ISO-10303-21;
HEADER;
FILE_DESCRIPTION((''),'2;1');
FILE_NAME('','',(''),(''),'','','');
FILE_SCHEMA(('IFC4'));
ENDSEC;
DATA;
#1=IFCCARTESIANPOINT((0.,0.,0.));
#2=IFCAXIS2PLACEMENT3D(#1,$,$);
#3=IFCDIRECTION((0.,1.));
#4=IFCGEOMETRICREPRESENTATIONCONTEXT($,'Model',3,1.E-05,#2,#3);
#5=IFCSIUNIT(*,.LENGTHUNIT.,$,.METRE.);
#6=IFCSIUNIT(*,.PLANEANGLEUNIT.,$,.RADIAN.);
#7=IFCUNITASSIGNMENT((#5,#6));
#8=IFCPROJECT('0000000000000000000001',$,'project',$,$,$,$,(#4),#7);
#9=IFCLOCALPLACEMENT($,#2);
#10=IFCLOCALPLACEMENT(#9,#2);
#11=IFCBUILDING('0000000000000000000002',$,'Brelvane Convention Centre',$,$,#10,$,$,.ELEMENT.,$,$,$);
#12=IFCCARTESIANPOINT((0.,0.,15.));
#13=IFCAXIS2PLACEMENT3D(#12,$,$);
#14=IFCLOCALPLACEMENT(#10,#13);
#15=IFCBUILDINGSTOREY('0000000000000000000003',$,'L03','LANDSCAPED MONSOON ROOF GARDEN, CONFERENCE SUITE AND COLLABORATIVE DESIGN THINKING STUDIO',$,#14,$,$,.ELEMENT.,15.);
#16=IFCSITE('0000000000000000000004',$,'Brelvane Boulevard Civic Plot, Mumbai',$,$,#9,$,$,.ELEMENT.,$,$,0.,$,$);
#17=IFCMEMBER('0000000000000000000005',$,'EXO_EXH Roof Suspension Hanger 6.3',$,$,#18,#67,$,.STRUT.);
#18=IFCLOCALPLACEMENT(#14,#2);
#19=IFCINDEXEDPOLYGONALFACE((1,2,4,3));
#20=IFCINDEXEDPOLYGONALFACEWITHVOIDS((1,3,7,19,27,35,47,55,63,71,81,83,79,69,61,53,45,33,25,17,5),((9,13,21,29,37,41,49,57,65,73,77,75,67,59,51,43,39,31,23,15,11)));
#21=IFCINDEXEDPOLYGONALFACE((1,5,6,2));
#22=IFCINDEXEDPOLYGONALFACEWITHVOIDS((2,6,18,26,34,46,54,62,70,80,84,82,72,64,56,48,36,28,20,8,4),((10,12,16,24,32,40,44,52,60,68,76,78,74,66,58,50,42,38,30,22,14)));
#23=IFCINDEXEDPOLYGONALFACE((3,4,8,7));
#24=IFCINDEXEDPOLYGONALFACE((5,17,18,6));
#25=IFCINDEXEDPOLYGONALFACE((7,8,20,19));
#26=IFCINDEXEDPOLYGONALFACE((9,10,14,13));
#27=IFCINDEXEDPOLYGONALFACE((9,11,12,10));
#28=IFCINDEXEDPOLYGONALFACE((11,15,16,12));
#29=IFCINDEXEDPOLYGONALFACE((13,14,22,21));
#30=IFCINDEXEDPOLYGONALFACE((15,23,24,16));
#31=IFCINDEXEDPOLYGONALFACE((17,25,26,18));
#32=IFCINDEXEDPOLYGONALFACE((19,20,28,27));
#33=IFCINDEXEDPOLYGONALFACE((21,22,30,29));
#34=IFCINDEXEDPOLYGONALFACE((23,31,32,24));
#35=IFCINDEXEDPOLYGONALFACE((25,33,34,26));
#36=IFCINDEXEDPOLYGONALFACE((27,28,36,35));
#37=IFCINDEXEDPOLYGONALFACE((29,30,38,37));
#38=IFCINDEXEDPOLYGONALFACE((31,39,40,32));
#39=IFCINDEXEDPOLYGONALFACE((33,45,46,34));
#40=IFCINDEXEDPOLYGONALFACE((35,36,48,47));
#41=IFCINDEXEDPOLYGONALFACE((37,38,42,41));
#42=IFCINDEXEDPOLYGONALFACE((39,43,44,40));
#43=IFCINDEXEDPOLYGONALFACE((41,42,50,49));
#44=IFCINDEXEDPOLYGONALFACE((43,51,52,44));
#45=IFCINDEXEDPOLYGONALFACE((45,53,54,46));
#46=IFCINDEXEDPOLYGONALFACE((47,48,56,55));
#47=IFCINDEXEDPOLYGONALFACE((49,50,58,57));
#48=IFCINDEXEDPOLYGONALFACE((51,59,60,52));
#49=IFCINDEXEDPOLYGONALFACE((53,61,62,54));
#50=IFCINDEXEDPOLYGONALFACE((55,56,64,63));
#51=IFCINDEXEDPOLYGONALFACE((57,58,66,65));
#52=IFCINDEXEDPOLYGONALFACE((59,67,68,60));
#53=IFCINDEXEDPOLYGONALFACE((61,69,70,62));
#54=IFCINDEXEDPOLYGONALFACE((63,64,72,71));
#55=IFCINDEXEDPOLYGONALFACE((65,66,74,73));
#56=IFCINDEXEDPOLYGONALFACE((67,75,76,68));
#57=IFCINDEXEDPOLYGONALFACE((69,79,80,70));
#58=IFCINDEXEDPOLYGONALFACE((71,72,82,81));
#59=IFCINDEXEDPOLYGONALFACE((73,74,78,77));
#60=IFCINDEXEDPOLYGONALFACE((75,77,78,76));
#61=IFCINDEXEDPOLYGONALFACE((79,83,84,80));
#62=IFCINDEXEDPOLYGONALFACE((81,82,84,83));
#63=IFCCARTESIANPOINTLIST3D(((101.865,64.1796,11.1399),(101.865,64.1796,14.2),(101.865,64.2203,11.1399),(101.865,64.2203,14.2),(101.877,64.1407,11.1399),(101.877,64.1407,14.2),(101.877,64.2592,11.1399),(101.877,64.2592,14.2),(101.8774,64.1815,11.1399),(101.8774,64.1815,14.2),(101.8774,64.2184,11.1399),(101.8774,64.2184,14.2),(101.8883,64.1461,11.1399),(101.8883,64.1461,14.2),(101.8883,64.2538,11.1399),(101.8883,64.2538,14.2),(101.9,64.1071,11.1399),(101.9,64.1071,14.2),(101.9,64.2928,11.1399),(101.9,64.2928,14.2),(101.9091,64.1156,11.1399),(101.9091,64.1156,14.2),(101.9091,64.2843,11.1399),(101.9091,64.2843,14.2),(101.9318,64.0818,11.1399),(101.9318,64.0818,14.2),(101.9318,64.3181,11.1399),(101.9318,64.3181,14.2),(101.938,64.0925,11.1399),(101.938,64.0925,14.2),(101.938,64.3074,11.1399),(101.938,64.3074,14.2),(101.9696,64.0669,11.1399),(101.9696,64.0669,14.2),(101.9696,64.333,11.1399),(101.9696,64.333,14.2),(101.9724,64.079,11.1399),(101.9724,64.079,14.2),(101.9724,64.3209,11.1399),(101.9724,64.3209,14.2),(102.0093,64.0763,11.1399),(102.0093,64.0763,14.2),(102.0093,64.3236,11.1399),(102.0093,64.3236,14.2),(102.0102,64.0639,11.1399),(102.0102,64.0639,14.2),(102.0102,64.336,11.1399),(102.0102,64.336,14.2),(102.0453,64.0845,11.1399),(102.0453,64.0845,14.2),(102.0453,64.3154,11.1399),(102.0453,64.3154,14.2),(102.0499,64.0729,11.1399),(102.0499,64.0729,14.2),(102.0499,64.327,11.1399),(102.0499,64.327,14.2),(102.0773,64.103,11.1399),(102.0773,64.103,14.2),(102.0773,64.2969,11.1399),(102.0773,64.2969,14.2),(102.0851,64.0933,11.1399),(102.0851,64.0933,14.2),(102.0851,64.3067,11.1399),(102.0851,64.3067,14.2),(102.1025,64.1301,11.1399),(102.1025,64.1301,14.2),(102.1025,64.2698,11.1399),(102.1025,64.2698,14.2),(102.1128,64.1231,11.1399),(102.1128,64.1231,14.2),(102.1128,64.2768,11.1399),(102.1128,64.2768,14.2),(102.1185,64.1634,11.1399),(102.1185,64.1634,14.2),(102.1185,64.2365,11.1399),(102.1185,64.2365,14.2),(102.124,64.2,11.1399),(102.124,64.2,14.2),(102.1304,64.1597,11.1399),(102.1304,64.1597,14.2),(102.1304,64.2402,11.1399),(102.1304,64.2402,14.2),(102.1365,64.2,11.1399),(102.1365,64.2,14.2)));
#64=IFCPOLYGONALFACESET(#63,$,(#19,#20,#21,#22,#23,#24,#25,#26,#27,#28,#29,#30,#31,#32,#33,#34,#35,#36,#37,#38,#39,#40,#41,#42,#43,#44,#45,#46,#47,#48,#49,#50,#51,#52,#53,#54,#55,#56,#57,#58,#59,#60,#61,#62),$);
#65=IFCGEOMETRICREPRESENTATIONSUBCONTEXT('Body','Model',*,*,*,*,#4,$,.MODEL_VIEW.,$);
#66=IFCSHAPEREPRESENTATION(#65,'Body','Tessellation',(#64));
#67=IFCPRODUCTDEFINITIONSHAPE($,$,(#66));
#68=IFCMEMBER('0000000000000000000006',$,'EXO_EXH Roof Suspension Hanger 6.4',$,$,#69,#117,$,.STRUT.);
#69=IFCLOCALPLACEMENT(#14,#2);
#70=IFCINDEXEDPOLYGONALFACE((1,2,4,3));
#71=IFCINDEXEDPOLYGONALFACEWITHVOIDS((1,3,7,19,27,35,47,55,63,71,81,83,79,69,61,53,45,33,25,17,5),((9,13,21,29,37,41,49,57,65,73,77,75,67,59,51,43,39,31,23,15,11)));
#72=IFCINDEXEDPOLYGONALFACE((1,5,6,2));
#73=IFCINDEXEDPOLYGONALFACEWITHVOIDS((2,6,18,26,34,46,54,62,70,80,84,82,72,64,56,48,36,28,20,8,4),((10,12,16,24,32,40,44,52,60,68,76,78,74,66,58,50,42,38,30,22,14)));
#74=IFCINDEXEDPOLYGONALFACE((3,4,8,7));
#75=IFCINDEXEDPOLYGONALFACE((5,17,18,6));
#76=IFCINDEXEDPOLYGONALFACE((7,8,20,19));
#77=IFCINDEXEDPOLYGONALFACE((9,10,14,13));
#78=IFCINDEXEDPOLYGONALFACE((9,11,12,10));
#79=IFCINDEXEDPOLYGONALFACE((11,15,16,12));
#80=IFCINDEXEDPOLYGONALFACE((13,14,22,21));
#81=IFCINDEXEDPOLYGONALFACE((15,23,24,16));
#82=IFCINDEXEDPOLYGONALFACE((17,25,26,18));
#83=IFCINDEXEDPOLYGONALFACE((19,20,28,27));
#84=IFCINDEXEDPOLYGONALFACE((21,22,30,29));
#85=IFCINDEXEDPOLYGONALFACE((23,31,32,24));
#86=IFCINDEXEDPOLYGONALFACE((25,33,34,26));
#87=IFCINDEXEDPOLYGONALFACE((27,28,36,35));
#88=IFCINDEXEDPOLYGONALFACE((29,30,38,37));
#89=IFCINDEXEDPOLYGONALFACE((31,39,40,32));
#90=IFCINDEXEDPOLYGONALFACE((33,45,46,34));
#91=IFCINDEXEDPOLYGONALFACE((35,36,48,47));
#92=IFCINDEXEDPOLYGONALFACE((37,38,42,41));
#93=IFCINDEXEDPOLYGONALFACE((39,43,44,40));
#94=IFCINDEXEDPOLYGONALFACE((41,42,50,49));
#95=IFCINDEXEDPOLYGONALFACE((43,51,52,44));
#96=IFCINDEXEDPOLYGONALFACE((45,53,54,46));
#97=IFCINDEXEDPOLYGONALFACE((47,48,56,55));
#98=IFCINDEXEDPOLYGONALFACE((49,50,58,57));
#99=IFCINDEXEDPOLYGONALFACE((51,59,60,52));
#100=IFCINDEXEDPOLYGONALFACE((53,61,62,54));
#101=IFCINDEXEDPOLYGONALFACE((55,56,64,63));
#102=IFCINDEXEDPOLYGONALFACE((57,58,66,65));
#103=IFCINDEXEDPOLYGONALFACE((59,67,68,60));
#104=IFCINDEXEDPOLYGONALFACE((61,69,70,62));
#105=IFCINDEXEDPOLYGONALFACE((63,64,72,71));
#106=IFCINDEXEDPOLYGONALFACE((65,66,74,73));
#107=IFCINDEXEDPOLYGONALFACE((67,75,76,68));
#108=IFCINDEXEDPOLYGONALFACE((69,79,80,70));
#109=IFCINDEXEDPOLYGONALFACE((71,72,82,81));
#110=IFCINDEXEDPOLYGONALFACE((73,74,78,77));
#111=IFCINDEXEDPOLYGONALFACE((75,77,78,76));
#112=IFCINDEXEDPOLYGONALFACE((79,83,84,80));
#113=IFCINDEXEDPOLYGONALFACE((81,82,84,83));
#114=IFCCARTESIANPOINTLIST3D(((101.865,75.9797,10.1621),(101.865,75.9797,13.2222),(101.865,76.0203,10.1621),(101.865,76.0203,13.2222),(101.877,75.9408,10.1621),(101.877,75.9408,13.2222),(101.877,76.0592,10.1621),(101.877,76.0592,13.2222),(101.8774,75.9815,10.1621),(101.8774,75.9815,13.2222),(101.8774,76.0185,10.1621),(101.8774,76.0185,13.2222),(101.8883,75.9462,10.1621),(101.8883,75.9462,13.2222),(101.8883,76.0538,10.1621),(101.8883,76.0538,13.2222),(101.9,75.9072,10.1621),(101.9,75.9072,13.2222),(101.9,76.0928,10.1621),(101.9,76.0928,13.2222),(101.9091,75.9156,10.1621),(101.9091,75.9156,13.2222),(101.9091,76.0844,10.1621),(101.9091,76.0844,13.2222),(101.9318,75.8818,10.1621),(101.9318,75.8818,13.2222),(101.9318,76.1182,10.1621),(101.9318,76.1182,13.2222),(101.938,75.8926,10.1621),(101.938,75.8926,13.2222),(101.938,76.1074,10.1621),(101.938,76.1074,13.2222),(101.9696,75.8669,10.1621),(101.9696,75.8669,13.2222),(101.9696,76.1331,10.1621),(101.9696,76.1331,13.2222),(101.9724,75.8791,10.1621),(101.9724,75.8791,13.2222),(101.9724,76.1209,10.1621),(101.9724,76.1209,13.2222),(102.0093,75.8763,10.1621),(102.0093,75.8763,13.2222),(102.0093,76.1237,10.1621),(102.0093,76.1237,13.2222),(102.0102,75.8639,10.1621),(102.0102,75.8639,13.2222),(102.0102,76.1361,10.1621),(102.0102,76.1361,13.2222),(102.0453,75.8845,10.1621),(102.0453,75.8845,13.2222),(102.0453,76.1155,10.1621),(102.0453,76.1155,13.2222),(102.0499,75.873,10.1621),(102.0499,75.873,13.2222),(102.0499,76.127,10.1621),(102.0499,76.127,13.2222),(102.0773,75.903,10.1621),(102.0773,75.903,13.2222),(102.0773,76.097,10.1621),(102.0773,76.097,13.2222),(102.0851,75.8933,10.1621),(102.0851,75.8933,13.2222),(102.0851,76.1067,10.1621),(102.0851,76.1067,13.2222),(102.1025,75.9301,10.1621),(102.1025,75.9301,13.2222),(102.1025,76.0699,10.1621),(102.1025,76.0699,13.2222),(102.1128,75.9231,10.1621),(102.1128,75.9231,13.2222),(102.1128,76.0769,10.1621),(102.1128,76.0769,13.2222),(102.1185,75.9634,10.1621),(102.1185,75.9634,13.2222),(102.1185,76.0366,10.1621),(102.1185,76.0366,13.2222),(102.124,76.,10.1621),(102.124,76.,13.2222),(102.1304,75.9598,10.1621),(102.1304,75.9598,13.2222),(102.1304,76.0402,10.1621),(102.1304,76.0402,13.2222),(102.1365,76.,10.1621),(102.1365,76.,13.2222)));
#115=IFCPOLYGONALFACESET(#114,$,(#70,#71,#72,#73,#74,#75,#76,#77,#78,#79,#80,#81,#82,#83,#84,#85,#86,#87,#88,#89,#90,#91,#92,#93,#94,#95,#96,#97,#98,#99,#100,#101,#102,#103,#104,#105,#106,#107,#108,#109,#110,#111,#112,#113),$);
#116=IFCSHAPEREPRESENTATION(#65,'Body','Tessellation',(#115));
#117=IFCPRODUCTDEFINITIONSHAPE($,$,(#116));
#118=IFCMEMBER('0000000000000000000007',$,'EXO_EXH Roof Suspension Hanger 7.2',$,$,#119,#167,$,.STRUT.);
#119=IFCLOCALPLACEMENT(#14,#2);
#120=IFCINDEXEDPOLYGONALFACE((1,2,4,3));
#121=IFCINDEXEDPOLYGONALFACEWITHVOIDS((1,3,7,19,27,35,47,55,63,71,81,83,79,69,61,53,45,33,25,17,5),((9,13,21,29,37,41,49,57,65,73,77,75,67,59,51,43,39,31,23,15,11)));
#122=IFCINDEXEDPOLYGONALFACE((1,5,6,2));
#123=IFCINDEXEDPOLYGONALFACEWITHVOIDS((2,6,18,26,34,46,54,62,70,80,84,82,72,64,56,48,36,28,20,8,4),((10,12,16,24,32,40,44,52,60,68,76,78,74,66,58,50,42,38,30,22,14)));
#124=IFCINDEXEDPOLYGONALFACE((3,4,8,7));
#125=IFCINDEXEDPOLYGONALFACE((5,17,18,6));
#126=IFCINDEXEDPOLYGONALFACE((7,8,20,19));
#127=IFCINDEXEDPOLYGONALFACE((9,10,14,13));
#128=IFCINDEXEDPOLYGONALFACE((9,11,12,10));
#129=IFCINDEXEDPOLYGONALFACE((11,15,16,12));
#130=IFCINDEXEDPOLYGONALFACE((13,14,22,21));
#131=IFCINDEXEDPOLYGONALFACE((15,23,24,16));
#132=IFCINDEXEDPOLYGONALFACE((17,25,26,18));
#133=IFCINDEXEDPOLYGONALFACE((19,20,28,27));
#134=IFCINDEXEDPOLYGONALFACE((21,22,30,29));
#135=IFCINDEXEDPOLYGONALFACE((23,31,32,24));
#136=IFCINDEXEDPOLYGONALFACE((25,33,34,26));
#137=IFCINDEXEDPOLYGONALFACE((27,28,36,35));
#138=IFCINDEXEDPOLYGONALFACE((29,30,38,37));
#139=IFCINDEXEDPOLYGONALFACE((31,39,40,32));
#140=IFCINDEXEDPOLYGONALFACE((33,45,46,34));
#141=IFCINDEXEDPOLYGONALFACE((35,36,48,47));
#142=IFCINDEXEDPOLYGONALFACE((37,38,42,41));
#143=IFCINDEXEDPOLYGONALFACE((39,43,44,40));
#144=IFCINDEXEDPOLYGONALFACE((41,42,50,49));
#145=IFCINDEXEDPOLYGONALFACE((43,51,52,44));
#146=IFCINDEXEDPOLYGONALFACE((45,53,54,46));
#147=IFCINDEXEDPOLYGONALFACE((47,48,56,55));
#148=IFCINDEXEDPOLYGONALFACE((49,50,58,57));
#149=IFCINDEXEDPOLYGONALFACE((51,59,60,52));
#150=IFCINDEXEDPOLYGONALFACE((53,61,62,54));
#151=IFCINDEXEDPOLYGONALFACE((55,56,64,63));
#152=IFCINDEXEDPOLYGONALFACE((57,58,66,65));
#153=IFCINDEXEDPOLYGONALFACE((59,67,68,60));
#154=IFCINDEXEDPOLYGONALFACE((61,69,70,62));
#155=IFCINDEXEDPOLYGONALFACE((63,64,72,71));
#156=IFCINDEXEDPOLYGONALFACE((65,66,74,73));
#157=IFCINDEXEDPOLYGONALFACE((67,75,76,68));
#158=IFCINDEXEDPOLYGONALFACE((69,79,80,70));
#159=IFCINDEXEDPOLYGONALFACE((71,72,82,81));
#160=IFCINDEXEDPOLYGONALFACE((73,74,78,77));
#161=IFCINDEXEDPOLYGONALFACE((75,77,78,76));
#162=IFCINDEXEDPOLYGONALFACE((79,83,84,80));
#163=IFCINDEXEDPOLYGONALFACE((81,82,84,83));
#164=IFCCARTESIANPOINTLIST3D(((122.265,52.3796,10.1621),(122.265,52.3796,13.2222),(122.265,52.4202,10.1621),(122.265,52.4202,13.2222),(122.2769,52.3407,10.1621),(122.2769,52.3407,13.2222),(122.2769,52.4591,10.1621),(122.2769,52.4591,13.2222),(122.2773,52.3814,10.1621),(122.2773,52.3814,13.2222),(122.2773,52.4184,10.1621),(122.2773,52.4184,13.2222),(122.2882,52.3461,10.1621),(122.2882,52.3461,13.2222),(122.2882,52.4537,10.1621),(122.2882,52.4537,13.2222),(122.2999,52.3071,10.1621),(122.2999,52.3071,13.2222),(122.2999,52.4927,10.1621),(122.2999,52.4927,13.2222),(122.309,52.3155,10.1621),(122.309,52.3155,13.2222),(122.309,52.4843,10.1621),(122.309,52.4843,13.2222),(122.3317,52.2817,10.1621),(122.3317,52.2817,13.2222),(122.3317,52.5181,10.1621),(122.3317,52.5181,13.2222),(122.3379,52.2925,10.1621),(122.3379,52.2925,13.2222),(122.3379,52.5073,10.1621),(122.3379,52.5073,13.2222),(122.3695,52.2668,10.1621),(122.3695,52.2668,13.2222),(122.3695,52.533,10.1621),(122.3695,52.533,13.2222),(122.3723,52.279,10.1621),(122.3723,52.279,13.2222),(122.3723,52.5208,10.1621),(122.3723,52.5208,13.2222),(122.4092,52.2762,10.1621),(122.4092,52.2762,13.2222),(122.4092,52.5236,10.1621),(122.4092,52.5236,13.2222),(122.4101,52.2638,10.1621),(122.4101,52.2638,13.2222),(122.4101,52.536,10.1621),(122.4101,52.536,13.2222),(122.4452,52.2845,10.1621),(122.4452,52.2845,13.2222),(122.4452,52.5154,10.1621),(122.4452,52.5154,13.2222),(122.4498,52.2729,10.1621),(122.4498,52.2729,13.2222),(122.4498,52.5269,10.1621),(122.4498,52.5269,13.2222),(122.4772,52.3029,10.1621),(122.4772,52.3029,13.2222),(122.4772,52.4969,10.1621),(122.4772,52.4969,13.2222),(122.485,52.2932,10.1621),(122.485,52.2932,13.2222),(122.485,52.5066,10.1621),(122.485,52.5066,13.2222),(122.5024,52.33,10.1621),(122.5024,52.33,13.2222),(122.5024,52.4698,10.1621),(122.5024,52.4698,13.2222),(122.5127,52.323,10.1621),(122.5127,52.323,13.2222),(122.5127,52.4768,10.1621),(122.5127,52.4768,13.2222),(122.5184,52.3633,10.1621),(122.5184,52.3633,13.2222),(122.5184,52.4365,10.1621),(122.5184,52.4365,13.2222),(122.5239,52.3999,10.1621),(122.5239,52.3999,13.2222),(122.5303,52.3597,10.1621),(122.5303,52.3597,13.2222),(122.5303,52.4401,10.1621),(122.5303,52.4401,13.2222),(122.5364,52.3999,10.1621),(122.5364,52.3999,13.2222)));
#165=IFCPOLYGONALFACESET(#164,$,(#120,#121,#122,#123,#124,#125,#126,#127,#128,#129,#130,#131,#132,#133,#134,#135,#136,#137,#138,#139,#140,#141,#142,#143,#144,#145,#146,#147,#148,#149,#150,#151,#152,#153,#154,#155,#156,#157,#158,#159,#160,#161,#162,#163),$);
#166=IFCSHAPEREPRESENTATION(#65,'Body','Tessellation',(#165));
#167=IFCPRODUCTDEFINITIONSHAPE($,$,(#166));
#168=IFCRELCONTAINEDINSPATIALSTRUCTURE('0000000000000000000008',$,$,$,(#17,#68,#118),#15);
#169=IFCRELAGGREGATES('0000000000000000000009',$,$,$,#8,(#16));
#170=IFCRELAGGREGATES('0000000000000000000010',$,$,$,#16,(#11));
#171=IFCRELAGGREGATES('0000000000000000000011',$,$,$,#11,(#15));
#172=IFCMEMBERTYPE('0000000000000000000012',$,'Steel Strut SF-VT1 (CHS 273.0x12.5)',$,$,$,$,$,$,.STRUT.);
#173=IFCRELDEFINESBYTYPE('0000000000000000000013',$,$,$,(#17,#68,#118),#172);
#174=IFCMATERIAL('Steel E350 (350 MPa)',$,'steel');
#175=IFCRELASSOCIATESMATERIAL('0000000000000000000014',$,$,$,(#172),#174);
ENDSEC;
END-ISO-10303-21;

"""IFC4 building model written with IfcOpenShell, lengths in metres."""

from ifc_helpers import new_model, si_unit, direction, frame, origin, origin_2d, place, context, subcontext, project, spatial, hollow_circle, extrude, material, material_profile, profile_set, type_object, element, save


model = new_model("IFC4")

# Units and contexts
model_context = context("Model", 3, precision=1e-05, world=origin(), true_north=direction((0.0, 1.0)))
body_context = subcontext(model_context, "Body", "Model", "MODEL_VIEW")
ifc_project = project(units=[si_unit("LENGTHUNIT", "METRE"), si_unit("PLANEANGLEUNIT", "RADIAN")], contexts=[model_context])

# Site, building, storey
site_placement = place(None, origin())
site = spatial("IfcSite", under=ifc_project, at=site_placement, Name="Brelvane Boulevard Civic Plot, Mumbai", CompositionType="ELEMENT", RefElevation=0.0)
building_placement = place(site_placement, origin())
building = spatial("IfcBuilding", under=site, at=building_placement, Name="Brelvane Convention Centre", CompositionType="ELEMENT")
storey_placement = place(building_placement, frame((0.0, 0.0, 15.0)))
storey = spatial("IfcBuildingStorey", under=building, at=storey_placement, Name="L03", Description="LANDSCAPED MONSOON ROOF GARDEN, CONFERENCE SUITE AND COLLABORATIVE DESIGN THINKING STUDIO", CompositionType="ELEMENT", Elevation=15.0)

# Members
ifc_material_1 = material(Name="Steel E350 (350 MPa)", Category="steel")
ifc_material_profile_1 = material_profile(ifc_material_1, hollow_circle(Radius=0.1365, WallThickness=0.0125, at=origin_2d()), Name="CHS 273.0x12.5")
ifc_profile_set_1 = profile_set([ifc_material_profile_1], Name="Steel E350 (350 MPa)")
member_type_1 = type_object("IfcMemberType", Name="Steel Strut SF-VT1 (CHS 273.0x12.5)", PredefinedType="STRUT", material=ifc_profile_set_1)
for number, where, z_axis, x_axis, name in (
    (1, (102.0, 64.2, 11.1399), (0.0, 0.0, 1.0), (1.0, 0.0, 0.0), "EXO_EXH Roof Suspension Hanger 6.3"),
    (2, (102.0, 76.0, 10.1621), (0.0, 0.0, 1.0), (1.0, 0.0, 0.0), "EXO_EXH Roof Suspension Hanger 6.4"),
    (3, (122.3999, 52.3999, 10.1621), (0.0, 0.0, 1.0), (1.0, 0.0, 0.0), "EXO_EXH Roof Suspension Hanger 7.2"),
):
    element("IfcMember", number, at=place(storey_placement, frame(where, z_axis=z_axis, x_axis=x_axis)), inside=storey, type_object=member_type_1, Name=name, PredefinedType="STRUT", context=body_context, shape_type="SweptSolid", body=[
        extrude(hollow_circle(Radius=0.1365, WallThickness=0.0125, at=origin_2d()), origin(), (0.0, 0.0, 1.0), 3.0601),
    ])

save(model, "model.ifc")
